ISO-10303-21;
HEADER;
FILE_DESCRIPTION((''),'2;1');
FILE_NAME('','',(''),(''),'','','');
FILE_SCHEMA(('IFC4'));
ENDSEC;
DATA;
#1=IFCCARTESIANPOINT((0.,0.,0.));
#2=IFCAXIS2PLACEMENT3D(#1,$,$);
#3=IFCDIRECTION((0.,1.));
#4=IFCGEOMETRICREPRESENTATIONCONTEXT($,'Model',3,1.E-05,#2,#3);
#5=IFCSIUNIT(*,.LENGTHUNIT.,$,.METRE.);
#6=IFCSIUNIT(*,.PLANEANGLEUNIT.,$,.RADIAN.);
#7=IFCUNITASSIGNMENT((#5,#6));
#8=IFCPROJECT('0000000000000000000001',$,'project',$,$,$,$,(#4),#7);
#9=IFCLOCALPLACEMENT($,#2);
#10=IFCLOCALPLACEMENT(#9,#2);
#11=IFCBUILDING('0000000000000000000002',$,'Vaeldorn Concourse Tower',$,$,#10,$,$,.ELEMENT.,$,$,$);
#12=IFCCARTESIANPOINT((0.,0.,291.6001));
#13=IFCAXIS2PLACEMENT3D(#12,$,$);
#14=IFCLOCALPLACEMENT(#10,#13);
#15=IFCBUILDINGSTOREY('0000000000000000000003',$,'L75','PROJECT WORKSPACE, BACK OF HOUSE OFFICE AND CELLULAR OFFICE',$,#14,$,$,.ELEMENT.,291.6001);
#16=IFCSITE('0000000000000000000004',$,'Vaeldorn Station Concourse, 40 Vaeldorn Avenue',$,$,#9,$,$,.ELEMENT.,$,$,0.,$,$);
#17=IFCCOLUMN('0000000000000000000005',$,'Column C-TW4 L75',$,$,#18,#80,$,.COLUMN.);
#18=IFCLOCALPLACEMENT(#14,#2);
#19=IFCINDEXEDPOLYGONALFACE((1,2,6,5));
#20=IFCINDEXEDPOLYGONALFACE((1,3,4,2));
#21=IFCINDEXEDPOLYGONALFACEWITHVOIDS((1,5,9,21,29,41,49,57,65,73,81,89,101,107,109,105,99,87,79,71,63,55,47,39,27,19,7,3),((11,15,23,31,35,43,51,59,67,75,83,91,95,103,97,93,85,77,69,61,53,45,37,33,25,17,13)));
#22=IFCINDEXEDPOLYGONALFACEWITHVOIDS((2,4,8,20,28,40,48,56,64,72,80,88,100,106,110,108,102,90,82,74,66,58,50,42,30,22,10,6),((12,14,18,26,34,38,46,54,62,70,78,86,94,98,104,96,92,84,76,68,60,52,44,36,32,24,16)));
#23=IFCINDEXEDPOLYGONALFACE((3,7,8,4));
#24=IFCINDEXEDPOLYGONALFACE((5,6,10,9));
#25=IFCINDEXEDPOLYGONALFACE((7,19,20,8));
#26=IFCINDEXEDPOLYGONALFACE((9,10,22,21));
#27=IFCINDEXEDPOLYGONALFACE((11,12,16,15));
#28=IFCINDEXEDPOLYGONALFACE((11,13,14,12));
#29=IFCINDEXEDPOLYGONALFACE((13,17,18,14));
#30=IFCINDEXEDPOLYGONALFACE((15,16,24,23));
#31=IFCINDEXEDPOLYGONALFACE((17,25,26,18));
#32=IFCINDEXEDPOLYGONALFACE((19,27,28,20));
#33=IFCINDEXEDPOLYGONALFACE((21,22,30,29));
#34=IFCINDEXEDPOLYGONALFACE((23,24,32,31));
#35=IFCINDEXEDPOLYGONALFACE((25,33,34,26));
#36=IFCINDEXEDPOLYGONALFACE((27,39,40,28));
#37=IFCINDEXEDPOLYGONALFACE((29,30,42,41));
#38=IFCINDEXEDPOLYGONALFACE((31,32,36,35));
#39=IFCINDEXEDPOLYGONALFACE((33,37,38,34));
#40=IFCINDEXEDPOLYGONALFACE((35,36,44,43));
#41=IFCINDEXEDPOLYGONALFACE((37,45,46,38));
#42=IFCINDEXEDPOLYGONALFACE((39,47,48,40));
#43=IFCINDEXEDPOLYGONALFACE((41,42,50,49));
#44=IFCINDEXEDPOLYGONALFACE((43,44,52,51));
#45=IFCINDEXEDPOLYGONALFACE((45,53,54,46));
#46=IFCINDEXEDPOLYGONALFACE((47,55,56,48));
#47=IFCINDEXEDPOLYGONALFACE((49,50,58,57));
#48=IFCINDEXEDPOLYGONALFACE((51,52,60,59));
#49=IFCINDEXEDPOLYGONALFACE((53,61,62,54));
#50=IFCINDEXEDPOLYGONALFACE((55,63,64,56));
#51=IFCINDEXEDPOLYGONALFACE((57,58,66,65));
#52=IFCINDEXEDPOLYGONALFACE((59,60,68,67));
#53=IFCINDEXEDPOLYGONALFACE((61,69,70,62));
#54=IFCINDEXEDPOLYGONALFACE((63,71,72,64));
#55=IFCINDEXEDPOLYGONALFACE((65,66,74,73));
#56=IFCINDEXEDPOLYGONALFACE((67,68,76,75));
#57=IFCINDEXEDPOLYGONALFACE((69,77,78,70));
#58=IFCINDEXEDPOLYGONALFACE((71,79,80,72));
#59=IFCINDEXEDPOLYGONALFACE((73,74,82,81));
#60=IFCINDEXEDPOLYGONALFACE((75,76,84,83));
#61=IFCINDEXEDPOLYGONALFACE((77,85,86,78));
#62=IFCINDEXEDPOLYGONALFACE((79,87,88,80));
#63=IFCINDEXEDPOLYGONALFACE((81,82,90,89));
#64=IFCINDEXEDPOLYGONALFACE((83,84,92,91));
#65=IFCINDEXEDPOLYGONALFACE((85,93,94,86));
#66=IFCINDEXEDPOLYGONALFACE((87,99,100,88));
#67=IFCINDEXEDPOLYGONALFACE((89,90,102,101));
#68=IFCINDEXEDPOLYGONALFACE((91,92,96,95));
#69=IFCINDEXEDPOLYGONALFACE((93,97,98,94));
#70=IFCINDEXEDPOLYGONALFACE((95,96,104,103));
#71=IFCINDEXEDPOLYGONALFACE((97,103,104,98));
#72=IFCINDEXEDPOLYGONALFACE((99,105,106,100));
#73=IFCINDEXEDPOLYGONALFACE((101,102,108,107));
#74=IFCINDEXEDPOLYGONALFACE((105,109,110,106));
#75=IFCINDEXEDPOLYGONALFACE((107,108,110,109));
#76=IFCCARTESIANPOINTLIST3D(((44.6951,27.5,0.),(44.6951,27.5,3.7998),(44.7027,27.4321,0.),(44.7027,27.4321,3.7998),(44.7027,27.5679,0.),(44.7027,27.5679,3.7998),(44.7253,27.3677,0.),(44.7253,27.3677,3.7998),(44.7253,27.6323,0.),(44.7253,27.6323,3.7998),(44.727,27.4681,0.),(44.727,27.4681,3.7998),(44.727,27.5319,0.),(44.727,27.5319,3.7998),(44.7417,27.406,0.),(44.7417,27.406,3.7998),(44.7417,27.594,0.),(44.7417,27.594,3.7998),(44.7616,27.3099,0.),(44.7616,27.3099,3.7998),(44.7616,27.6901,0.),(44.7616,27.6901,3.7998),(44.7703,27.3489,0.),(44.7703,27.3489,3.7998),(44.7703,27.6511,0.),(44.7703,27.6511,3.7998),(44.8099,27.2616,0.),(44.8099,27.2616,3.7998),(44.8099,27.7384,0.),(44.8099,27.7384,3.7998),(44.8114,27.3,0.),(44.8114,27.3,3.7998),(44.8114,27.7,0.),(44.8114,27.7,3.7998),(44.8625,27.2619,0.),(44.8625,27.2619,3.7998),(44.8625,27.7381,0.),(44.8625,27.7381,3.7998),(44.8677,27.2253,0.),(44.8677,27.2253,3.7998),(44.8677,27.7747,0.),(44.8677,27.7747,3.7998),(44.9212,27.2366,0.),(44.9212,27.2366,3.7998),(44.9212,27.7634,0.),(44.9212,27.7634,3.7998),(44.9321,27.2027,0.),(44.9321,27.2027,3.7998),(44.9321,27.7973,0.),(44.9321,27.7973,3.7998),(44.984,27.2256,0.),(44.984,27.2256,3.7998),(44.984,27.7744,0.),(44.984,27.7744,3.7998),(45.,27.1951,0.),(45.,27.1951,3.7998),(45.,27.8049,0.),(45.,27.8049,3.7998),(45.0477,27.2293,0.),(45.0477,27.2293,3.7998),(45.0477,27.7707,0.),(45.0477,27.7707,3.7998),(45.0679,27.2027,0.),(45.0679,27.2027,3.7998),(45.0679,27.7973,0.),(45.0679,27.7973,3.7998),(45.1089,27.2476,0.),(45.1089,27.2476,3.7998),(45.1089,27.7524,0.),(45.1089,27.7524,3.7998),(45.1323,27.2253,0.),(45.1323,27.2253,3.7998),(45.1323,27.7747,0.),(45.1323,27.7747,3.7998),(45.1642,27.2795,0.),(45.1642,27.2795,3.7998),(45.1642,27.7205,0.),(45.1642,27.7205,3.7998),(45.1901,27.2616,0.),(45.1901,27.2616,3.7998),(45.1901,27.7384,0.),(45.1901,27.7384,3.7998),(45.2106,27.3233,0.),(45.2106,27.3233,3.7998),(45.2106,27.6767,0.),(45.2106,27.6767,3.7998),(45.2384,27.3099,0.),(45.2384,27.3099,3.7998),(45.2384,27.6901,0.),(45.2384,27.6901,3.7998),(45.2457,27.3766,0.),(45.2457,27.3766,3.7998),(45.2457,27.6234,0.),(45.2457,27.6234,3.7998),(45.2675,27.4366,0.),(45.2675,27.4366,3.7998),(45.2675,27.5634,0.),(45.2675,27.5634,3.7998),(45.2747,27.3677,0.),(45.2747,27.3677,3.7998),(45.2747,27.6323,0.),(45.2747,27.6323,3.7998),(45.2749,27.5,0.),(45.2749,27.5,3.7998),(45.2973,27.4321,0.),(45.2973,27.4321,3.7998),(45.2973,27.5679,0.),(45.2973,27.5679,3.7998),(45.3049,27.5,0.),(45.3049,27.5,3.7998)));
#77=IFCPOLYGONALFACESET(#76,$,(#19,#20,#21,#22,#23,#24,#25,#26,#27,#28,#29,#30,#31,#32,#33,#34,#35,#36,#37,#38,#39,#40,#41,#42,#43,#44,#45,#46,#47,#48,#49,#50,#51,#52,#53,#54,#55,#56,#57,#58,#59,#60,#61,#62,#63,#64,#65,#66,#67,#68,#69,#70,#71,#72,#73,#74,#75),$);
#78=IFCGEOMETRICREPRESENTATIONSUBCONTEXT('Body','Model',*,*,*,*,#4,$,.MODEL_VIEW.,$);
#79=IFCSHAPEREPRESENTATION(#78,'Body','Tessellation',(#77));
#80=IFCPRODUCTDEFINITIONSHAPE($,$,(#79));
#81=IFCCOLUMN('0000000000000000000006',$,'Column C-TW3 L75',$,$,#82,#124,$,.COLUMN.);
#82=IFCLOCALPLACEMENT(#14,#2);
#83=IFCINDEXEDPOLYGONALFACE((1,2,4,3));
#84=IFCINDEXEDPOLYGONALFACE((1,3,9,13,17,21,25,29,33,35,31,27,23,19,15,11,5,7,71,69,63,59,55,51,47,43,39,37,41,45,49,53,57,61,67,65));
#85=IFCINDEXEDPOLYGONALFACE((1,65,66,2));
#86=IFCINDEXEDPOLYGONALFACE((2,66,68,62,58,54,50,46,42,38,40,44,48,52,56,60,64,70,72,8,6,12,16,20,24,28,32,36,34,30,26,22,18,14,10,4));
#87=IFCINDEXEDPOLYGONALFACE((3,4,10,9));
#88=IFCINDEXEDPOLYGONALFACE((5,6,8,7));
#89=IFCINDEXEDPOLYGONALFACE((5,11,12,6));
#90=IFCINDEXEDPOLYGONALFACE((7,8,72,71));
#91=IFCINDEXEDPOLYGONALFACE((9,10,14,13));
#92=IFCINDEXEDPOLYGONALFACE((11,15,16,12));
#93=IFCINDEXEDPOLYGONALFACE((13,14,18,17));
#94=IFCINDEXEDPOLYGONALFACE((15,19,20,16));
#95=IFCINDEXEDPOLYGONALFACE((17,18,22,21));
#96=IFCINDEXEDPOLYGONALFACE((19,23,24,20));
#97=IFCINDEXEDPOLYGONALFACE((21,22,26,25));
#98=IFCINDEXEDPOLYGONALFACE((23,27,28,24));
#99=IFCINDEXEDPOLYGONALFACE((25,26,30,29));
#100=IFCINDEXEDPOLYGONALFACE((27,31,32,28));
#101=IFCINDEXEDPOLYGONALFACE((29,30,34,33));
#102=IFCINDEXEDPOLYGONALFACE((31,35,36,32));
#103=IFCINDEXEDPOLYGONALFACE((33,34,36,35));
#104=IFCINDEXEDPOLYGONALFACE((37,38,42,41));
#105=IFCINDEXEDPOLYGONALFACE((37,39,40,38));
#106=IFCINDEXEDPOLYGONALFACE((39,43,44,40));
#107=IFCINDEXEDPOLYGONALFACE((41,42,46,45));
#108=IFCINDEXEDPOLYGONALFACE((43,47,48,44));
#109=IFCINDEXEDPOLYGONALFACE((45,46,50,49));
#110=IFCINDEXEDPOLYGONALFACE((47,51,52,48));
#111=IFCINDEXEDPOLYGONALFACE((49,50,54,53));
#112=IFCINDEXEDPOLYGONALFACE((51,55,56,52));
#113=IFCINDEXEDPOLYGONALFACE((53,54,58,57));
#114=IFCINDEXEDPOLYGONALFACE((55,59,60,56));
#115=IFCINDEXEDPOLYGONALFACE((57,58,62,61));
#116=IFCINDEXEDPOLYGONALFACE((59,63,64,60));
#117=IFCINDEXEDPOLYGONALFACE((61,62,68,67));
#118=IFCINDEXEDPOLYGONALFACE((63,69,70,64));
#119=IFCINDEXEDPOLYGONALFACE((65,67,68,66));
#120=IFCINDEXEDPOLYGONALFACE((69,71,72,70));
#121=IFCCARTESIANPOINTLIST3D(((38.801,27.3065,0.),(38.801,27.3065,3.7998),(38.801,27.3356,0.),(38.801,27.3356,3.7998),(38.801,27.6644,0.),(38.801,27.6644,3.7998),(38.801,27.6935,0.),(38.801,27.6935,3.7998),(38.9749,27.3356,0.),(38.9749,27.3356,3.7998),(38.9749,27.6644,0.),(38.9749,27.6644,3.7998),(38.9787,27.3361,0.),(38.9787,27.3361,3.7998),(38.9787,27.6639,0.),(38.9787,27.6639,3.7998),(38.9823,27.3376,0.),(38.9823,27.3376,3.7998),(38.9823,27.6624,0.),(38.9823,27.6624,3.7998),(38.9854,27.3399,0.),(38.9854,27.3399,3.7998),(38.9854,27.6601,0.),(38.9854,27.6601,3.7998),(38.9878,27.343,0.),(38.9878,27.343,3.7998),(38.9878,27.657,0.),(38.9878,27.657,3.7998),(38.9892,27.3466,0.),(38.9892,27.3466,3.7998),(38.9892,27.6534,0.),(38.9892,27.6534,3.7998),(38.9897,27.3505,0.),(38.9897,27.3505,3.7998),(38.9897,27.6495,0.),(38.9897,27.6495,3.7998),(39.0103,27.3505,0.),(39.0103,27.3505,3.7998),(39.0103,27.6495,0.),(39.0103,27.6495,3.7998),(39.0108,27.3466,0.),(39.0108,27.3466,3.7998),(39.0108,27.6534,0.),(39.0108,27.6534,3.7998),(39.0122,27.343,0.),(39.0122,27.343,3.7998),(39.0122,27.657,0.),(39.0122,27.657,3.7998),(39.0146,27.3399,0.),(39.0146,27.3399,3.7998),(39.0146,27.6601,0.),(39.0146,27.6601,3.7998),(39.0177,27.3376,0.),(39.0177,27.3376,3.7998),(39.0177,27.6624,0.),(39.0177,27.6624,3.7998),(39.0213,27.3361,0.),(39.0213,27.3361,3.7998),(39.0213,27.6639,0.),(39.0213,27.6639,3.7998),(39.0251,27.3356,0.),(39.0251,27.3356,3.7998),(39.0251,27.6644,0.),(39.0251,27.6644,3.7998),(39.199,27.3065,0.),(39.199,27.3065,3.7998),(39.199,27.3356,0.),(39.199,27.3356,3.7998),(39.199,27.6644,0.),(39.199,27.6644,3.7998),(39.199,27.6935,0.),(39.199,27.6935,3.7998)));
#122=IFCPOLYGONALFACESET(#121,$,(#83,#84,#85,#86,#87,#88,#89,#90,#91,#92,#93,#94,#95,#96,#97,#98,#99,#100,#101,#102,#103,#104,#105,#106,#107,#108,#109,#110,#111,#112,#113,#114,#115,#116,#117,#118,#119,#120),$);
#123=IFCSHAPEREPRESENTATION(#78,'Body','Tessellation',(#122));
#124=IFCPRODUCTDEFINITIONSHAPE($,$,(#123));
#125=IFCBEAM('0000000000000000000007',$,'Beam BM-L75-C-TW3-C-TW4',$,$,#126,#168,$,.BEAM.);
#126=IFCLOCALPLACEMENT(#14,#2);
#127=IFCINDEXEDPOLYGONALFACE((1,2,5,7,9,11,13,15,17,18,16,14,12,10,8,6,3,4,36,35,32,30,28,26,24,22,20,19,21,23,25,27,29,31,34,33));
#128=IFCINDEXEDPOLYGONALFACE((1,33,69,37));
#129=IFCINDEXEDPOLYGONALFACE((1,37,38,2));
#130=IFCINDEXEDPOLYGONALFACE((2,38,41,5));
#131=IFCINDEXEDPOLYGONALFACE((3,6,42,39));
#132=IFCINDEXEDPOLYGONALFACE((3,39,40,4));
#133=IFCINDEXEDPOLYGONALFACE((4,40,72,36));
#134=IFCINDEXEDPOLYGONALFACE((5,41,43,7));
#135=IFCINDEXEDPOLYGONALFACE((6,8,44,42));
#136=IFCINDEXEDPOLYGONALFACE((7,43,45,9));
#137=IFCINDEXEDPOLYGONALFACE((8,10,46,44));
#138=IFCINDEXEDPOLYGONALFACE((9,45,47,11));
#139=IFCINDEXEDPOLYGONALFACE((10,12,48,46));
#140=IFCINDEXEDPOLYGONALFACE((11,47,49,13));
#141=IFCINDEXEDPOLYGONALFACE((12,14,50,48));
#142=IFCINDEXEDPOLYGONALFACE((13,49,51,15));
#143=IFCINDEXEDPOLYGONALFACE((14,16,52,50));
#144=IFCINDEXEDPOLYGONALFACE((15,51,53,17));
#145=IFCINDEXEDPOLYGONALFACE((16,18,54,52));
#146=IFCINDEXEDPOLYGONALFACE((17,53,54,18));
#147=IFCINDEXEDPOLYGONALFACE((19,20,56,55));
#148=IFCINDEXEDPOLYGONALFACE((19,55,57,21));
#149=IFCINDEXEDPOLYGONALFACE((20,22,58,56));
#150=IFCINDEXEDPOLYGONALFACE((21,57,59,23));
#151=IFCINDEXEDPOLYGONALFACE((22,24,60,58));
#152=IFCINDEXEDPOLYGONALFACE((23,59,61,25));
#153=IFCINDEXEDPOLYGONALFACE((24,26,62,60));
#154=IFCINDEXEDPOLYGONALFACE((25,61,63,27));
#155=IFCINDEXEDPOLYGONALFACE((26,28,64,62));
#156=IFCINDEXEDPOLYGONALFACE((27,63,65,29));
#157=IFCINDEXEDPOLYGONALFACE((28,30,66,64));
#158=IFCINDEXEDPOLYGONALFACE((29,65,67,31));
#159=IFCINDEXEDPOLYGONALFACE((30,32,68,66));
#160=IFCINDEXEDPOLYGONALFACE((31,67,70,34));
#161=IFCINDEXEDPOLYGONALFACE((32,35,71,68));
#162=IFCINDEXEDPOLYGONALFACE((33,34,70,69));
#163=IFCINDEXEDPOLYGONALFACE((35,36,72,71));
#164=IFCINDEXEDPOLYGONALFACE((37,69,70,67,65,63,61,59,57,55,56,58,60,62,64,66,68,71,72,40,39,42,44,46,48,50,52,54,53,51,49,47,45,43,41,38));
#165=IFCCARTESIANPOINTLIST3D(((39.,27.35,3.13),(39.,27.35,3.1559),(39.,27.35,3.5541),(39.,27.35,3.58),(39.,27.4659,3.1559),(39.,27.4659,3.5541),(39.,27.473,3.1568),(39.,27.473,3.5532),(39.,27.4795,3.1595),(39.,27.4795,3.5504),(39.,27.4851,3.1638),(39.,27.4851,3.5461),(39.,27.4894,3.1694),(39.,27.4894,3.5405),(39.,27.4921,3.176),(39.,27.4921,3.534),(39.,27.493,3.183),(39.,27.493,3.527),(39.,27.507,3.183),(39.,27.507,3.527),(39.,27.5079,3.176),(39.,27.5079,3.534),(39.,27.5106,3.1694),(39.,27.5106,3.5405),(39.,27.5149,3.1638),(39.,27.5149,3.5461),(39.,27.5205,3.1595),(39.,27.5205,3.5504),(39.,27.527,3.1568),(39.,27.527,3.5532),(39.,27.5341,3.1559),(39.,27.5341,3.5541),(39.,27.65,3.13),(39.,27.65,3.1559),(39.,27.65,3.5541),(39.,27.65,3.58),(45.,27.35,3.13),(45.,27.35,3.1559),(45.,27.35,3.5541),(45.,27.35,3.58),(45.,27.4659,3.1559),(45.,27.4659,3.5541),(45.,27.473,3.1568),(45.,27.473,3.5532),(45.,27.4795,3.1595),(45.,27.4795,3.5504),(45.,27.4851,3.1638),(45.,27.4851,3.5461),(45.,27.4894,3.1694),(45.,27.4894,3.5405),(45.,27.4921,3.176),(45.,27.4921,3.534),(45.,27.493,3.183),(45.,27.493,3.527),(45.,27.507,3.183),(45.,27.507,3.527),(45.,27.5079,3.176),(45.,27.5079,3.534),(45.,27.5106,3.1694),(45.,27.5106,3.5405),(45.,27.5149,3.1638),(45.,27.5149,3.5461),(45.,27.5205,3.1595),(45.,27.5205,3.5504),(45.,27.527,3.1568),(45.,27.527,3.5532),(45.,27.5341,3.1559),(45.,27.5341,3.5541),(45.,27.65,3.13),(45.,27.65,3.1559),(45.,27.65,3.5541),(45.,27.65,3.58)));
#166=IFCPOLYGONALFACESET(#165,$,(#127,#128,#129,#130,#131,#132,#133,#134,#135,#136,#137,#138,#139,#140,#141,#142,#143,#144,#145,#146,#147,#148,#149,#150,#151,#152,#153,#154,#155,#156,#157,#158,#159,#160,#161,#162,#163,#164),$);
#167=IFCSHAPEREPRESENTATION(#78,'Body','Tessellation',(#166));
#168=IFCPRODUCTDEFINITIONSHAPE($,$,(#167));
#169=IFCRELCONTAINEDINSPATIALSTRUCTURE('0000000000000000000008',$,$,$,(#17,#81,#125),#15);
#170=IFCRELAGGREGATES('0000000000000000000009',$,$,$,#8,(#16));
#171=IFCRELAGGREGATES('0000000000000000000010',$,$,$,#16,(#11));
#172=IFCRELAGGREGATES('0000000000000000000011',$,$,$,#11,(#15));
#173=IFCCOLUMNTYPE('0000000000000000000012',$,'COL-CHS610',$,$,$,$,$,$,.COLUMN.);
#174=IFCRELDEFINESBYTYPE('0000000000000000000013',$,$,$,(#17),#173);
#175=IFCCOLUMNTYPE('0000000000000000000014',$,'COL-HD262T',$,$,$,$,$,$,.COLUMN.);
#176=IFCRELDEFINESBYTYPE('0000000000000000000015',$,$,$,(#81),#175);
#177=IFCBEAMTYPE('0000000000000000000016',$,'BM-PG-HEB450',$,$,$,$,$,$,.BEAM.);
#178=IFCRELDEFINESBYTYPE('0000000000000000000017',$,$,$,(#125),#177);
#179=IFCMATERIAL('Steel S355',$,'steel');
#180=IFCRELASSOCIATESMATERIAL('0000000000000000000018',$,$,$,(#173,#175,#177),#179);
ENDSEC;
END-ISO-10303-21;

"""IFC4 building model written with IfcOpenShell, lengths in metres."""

from ifc_helpers import new_model, si_unit, direction, frame, origin, origin_2d, place, context, subcontext, project, spatial, hollow_circle, i_section, extrude, source, transform, mapped, material, material_profile, profile_set, type_object, element, save


model = new_model("IFC4")

# Units and contexts
model_context = context("Model", 3, precision=1e-05, world=origin(), true_north=direction((0.0, 1.0)))
body_context = subcontext(model_context, "Body", "Model", "MODEL_VIEW")
ifc_project = project(units=[si_unit("LENGTHUNIT", "METRE"), si_unit("PLANEANGLEUNIT", "RADIAN")], contexts=[model_context])

# Site, building, storey
site_placement = place(None, origin())
site = spatial("IfcSite", under=ifc_project, at=site_placement, Name="Vaeldorn Station Concourse, 40 Vaeldorn Avenue", CompositionType="ELEMENT", RefElevation=0.0)
building_placement = place(site_placement, origin())
building = spatial("IfcBuilding", under=site, at=building_placement, Name="Vaeldorn Concourse Tower", CompositionType="ELEMENT")
storey_placement = place(building_placement, frame((0.0, 0.0, 291.6001)))
storey = spatial("IfcBuildingStorey", under=building, at=storey_placement, Name="L75", Description="PROJECT WORKSPACE, BACK OF HOUSE OFFICE AND CELLULAR OFFICE", CompositionType="ELEMENT", Elevation=291.6001)

# Columns
ifc_material_1 = material(Name="Steel S355", Category="steel")
ifc_material_profile_1 = material_profile(ifc_material_1, hollow_circle(Radius=0.3049, WallThickness=0.03, at=origin_2d()), Name="CHS 610x30")
ifc_profile_set_1 = profile_set([ifc_material_profile_1], Name="Steel S355")
column_type_1 = type_object("IfcColumnType", Name="COL-CHS610", PredefinedType="COLUMN", material=ifc_profile_set_1)
shared_shape_1 = source(origin(), body_context, "Body", "SweptSolid", [
    extrude(hollow_circle(Radius=0.3049, WallThickness=0.03, at=origin_2d()), origin(), (0.0, 0.0, 1.0), 3.7998),
])
column_1_placement = place(storey_placement, frame((45.0, 27.5, 0.0), z_axis=(0.0, 0.0, 1.0), x_axis=(1.0, 0.0, 0.0)))
element("IfcColumn", 1, at=column_1_placement, inside=storey, type_object=column_type_1, Name="Column C-TW4 L75", PredefinedType="COLUMN", context=body_context, shape_type="MappedRepresentation", body=[
    mapped(shared_shape_1, transform((0.0, 0.0, 0.0), scale=1.0)),
])
ifc_material_profile_2 = material_profile(ifc_material_1, i_section(OverallWidth=0.3979, OverallDepth=0.387, WebThickness=0.0205, FlangeThickness=0.0291, FilletRadius=0.0149, at=origin_2d()), Name="HD 400x262")
ifc_profile_set_2 = profile_set([ifc_material_profile_2], Name="Steel S355")
column_type_2 = type_object("IfcColumnType", Name="COL-HD262T", PredefinedType="COLUMN", material=ifc_profile_set_2)
shared_shape_2 = source(origin(), body_context, "Body", "SweptSolid", [
    extrude(i_section(OverallWidth=0.3979, OverallDepth=0.387, WebThickness=0.0205, FlangeThickness=0.0291, FilletRadius=0.0149, at=origin_2d()), origin(), (0.0, 0.0, 1.0), 3.7998),
])
column_2_placement = place(storey_placement, frame((39.0, 27.5, 0.0), z_axis=(0.0, 0.0, 1.0), x_axis=(1.0, 0.0, 0.0)))
element("IfcColumn", 2, at=column_2_placement, inside=storey, type_object=column_type_2, Name="Column C-TW3 L75", PredefinedType="COLUMN", context=body_context, shape_type="MappedRepresentation", body=[
    mapped(shared_shape_2, transform((0.0, 0.0, 0.0), scale=1.0)),
])

# Beam
ifc_material_profile_3 = material_profile(ifc_material_1, i_section(OverallWidth=0.3, OverallDepth=0.45, WebThickness=0.0139, FlangeThickness=0.0259, FilletRadius=0.0271, at=origin_2d()), Name="HEB 450")
ifc_profile_set_3 = profile_set([ifc_material_profile_3], Name="Steel S355")
beam_type_1 = type_object("IfcBeamType", Name="BM-PG-HEB450", PredefinedType="BEAM", material=ifc_profile_set_3)
shared_shape_3 = source(origin(), body_context, "Body", "SweptSolid", [
    extrude(i_section(OverallWidth=0.3, OverallDepth=0.45, WebThickness=0.0139, FlangeThickness=0.0259, FilletRadius=0.0271, at=origin_2d()), origin(), (0.0, 0.0, 1.0), 6.0),
])
beam_1_placement = place(storey_placement, frame((39.0, 27.5, 3.355), z_axis=(1.0, 0.0, 0.0), x_axis=(0.0, 1.0, 0.0)))
element("IfcBeam", 3, at=beam_1_placement, inside=storey, type_object=beam_type_1, Name="Beam BM-L75-C-TW3-C-TW4", PredefinedType="BEAM", context=body_context, shape_type="MappedRepresentation", body=[
    mapped(shared_shape_3, transform((0.0, 0.0, 0.0), scale=1.0)),
])

save(model, "model.ifc")
